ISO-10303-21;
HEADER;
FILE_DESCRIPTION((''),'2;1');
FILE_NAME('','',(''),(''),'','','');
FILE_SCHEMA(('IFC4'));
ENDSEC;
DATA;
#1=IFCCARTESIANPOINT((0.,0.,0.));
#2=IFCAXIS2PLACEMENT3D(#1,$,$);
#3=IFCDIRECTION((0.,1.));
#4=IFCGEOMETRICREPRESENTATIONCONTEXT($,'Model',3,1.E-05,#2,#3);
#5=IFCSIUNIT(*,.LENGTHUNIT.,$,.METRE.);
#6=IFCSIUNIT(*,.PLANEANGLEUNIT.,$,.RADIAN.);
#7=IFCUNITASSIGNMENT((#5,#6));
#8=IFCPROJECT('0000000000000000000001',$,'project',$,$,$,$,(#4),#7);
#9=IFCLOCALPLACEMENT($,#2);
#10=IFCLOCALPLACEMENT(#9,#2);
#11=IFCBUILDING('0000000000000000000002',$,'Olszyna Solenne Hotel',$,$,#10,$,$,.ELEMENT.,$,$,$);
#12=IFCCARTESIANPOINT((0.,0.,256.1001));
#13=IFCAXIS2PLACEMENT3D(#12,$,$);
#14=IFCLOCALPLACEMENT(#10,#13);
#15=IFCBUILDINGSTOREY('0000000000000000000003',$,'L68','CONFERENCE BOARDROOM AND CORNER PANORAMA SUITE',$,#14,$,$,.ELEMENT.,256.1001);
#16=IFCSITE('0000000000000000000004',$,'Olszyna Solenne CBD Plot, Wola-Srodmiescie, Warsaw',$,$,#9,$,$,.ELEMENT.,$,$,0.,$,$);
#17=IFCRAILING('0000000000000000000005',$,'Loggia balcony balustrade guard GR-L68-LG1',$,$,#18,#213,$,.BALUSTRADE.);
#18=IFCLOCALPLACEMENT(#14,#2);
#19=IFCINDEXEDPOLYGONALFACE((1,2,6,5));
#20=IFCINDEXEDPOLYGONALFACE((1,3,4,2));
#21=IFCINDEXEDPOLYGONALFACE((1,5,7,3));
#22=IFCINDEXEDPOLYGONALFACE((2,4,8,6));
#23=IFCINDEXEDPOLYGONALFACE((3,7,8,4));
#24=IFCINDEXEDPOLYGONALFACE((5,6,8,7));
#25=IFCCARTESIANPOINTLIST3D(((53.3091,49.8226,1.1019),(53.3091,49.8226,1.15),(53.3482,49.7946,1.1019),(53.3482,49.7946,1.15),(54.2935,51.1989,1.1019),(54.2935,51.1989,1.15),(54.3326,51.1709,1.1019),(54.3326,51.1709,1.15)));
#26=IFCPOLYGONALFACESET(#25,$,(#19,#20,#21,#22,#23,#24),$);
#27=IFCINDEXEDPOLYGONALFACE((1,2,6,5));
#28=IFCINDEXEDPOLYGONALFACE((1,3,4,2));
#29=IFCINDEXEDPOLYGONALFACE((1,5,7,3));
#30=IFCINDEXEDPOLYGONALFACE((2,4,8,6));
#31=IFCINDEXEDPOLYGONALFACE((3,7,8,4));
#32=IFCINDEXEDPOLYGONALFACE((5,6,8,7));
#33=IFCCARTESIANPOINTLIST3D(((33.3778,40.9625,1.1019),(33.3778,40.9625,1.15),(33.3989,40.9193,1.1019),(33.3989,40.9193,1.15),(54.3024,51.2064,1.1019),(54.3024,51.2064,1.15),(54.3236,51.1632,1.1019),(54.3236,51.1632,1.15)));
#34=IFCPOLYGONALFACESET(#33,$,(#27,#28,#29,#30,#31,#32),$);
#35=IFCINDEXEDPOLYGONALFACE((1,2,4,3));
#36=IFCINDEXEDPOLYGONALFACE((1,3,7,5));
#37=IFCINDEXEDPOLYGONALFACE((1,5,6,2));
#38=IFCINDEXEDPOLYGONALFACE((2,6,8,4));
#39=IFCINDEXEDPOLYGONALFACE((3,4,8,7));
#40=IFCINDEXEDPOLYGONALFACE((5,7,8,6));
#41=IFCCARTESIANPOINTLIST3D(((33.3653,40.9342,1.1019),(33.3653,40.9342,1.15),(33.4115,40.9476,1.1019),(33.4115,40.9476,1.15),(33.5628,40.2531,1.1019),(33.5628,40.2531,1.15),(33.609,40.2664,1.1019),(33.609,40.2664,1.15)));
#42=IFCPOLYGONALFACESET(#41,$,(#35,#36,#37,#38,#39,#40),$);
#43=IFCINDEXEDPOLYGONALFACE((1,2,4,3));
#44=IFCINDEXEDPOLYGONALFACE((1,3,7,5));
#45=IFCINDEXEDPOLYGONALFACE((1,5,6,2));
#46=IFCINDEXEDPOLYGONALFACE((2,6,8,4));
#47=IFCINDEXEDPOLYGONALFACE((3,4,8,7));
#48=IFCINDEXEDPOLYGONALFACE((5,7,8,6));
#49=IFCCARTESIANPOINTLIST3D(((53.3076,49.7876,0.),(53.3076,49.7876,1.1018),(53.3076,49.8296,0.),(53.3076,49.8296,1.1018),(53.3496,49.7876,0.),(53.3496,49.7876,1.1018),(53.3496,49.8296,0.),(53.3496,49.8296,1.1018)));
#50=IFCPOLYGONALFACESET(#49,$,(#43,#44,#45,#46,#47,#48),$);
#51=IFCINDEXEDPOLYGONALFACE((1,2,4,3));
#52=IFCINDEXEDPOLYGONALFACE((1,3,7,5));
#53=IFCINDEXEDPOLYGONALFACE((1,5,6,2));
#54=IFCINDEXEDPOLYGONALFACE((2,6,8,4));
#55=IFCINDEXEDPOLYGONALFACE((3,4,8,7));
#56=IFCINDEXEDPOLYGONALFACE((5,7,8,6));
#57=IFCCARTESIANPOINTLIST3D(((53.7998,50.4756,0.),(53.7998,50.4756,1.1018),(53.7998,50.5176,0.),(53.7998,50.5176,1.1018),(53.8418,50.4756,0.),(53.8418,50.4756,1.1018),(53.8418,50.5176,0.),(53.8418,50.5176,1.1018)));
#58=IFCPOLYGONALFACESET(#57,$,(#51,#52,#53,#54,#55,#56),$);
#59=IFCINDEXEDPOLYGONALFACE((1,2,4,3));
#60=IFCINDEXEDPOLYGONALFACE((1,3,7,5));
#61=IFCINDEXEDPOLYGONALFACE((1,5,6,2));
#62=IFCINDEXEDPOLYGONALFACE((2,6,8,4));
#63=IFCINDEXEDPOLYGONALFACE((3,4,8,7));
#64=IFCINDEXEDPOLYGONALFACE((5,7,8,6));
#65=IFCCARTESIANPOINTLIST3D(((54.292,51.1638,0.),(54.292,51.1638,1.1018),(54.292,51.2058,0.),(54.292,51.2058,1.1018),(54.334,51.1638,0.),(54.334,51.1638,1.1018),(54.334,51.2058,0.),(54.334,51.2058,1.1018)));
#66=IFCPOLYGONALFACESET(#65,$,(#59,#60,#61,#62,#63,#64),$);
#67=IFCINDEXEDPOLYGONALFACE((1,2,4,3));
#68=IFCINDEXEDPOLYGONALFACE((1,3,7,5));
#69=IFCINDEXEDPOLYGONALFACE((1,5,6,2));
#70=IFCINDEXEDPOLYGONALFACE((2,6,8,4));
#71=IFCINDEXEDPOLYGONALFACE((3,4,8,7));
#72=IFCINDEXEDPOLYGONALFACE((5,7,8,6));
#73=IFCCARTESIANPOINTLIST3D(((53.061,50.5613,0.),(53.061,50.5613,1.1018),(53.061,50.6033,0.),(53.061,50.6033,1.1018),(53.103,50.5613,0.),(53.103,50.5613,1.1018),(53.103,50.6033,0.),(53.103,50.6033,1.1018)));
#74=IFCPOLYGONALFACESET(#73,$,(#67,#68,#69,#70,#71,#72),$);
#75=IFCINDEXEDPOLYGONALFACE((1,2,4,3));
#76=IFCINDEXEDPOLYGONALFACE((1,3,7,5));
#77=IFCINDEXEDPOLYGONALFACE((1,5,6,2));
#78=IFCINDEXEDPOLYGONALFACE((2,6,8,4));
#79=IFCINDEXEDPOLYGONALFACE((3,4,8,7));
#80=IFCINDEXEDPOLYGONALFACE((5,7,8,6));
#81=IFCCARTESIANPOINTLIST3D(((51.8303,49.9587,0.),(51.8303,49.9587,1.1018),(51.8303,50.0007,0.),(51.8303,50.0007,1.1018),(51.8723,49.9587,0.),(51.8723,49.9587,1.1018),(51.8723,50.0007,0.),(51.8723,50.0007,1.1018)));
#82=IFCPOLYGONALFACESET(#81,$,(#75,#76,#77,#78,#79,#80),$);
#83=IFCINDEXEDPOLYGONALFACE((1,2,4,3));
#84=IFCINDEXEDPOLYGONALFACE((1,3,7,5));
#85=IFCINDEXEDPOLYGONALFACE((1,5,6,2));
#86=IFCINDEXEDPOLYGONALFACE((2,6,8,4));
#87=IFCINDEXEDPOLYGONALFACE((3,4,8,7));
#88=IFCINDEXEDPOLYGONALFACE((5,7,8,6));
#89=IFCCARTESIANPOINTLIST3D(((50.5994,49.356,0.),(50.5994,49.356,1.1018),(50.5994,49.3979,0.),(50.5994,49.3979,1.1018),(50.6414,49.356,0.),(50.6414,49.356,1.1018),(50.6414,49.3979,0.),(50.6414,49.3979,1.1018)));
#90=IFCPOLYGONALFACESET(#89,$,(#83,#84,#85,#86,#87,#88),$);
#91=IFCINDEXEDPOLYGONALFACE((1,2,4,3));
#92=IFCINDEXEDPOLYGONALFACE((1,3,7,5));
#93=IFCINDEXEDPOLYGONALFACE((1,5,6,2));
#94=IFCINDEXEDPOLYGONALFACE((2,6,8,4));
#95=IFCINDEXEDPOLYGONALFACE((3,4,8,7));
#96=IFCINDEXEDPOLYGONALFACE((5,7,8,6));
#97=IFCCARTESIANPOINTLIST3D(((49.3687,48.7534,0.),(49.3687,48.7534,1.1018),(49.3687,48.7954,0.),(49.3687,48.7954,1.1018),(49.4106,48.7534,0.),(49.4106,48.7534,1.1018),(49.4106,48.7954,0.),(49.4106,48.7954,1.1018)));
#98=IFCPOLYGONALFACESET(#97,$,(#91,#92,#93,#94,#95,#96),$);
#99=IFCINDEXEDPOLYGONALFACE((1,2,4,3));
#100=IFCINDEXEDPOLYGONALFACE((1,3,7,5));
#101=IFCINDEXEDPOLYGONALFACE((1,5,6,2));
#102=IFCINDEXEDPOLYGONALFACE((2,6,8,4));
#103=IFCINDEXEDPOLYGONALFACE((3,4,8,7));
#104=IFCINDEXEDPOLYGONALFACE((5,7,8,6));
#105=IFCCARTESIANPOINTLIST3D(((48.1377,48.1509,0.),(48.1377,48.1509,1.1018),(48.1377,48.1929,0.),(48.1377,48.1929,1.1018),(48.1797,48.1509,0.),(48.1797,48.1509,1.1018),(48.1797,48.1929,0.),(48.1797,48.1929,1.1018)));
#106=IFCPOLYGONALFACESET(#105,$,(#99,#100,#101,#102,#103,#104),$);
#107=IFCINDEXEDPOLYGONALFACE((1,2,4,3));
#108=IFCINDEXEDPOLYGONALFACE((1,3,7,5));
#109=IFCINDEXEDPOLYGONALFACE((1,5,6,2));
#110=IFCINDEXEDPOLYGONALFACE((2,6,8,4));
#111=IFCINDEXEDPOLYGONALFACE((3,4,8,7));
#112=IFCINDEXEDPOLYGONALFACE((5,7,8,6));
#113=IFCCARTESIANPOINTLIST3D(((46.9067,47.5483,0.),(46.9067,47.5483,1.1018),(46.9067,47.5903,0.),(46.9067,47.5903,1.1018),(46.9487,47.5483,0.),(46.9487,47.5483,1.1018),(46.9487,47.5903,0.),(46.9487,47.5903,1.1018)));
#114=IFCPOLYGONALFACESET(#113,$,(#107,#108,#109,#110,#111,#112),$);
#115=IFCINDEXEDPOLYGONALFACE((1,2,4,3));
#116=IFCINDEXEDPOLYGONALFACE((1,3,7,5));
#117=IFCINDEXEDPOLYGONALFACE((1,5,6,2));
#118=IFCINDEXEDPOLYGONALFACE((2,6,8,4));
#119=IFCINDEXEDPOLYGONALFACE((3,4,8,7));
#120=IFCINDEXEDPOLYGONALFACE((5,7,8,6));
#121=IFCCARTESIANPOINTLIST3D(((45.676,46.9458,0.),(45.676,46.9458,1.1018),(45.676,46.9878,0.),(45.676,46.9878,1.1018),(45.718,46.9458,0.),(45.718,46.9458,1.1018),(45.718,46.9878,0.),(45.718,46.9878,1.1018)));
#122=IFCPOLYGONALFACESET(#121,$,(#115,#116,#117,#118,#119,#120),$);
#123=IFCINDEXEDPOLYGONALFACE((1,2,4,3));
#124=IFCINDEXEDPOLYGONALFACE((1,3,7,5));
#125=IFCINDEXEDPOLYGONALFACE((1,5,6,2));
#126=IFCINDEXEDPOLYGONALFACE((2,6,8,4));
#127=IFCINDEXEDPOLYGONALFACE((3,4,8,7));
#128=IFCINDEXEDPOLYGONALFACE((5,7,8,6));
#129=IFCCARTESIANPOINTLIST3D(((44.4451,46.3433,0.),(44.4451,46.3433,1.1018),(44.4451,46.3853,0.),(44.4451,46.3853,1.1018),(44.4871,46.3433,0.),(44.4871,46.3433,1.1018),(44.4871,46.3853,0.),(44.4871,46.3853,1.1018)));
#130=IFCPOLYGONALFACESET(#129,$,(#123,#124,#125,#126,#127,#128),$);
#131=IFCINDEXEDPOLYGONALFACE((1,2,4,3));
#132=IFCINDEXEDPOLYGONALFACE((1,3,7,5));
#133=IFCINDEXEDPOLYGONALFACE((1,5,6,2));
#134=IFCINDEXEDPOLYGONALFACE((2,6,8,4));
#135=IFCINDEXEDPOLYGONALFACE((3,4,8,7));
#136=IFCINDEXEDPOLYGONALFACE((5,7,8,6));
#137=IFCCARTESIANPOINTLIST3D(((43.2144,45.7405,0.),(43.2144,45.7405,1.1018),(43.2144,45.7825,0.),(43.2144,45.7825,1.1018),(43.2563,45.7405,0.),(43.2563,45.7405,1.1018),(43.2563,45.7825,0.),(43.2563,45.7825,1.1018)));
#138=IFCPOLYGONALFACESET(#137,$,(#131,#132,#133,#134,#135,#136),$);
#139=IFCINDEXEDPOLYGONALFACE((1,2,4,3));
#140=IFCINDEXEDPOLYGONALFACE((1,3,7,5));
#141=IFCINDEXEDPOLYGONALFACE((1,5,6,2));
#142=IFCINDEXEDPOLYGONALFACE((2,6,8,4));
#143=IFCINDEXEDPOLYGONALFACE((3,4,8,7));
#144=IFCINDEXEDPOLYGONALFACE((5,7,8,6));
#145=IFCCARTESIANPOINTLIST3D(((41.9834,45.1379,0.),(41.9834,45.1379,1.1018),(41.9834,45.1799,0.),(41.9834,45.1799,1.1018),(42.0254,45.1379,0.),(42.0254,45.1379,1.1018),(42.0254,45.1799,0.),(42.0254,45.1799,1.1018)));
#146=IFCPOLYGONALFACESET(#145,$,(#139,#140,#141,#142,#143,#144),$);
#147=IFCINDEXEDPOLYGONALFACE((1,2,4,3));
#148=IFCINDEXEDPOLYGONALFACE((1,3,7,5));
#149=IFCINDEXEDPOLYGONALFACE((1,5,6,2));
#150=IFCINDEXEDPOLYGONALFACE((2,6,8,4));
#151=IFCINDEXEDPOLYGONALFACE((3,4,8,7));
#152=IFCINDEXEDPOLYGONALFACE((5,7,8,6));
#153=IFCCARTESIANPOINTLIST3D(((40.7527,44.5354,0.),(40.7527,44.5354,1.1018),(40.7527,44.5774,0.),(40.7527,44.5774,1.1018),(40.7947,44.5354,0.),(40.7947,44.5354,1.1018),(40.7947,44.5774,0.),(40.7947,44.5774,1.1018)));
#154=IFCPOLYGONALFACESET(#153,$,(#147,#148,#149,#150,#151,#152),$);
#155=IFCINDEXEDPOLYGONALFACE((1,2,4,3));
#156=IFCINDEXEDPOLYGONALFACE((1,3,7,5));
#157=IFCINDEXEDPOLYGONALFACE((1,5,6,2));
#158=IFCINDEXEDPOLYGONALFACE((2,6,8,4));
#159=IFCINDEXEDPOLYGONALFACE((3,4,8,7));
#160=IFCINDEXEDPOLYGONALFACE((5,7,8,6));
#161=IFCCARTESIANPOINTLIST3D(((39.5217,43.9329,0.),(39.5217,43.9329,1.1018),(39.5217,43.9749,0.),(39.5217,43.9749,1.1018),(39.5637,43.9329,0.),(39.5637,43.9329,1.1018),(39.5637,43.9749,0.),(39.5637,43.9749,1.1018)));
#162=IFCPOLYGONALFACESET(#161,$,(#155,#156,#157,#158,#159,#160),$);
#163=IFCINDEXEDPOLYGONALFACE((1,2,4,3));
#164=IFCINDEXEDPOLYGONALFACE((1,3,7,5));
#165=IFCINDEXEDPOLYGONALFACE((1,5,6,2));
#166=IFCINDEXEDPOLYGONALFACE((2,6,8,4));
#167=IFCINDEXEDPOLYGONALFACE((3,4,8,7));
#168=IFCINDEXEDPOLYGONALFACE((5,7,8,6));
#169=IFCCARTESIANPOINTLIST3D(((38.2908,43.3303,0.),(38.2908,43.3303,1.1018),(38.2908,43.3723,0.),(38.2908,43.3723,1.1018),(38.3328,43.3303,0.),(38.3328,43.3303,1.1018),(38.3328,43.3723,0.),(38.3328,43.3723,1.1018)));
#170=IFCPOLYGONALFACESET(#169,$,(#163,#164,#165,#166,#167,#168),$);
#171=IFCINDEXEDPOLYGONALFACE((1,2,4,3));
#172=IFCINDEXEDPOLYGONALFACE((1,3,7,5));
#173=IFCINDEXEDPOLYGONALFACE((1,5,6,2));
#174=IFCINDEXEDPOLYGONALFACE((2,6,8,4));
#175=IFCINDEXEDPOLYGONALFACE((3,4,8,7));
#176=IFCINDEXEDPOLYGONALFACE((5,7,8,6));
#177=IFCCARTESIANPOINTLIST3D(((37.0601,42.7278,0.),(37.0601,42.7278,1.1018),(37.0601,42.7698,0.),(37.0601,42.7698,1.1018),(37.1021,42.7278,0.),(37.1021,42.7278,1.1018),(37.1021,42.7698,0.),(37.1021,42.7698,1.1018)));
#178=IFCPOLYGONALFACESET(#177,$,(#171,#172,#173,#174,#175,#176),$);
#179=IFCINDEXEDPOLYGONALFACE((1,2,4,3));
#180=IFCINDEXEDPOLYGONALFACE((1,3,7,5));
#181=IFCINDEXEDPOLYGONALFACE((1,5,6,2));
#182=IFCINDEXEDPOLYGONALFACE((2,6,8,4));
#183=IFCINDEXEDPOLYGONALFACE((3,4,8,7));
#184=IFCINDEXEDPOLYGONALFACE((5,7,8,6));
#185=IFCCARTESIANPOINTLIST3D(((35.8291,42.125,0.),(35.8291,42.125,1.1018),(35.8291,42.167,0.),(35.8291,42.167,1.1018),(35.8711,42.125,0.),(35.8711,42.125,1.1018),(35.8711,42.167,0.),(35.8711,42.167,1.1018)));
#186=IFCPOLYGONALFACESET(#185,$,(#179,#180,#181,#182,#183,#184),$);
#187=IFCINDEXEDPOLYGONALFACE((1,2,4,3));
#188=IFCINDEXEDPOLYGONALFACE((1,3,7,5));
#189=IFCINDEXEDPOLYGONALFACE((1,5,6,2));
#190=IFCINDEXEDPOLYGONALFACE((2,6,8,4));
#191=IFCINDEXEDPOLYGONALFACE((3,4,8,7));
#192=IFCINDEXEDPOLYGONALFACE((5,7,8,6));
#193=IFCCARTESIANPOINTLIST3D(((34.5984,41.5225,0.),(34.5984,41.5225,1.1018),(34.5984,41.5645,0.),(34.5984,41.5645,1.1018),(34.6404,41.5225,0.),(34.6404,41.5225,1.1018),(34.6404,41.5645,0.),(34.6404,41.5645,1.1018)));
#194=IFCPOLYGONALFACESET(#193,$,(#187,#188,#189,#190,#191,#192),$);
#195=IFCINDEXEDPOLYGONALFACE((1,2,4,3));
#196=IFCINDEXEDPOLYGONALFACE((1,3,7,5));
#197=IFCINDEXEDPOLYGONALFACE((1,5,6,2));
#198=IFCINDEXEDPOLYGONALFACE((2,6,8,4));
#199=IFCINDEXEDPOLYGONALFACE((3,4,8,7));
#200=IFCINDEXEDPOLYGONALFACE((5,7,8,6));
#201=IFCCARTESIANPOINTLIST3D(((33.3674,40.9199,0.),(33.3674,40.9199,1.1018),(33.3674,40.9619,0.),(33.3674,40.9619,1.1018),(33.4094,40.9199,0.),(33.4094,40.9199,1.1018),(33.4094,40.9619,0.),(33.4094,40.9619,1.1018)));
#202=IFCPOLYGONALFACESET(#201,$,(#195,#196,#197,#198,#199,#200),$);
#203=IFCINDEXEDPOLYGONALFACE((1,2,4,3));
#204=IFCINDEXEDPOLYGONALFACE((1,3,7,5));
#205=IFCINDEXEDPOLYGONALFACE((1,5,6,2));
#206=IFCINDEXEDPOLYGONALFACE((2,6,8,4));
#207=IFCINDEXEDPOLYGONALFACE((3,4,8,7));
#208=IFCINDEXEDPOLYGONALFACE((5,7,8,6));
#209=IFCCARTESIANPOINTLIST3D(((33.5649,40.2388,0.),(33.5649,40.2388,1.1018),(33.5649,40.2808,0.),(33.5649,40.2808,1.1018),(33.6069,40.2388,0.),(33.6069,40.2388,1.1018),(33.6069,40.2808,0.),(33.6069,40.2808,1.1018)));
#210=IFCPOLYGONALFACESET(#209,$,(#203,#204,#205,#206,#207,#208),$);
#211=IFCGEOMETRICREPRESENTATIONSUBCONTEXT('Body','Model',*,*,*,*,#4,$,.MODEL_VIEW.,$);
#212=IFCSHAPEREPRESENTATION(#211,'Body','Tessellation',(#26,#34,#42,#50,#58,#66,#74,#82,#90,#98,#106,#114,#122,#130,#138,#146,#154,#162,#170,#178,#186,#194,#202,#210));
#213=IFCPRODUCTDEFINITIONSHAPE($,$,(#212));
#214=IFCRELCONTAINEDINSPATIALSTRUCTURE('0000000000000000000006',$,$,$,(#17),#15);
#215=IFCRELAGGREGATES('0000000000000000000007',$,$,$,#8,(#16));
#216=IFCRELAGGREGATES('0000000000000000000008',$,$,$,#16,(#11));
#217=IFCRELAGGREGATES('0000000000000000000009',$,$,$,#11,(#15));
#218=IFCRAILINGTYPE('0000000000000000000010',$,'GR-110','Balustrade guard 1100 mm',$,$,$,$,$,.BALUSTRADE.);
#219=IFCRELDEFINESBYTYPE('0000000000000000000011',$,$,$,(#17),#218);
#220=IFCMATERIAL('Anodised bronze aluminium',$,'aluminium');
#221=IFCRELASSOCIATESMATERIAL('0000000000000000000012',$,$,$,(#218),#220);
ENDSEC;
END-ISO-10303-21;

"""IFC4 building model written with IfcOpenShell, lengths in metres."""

from ifc_helpers import new_model, si_unit, direction, frame, origin, origin_2d, place, context, subcontext, project, spatial, rectangle, extrude, material, type_object, element, save


model = new_model("IFC4")

# Units and contexts
model_context = context("Model", 3, precision=1e-05, world=origin(), true_north=direction((0.0, 1.0)))
body_context = subcontext(model_context, "Body", "Model", "MODEL_VIEW")
ifc_project = project(units=[si_unit("LENGTHUNIT", "METRE"), si_unit("PLANEANGLEUNIT", "RADIAN")], contexts=[model_context])

# Site, building, storey
site_placement = place(None, origin())
site = spatial("IfcSite", under=ifc_project, at=site_placement, Name="Olszyna Solenne CBD Plot, Wola-Srodmiescie, Warsaw", CompositionType="ELEMENT", RefElevation=0.0)
building_placement = place(site_placement, origin())
building = spatial("IfcBuilding", under=site, at=building_placement, Name="Olszyna Solenne Hotel", CompositionType="ELEMENT")
storey_placement = place(building_placement, frame((0.0, 0.0, 256.1001)))
storey = spatial("IfcBuildingStorey", under=building, at=storey_placement, Name="L68", Description="CONFERENCE BOARDROOM AND CORNER PANORAMA SUITE", CompositionType="ELEMENT", Elevation=256.1001)

# Railing
ifc_material_1 = material(Name="Anodised bronze aluminium", Category="aluminium")
railing_type = type_object("IfcRailingType", Name="GR-110", Description="Balustrade guard 1100 mm", PredefinedType="BALUSTRADE", material=ifc_material_1)
railing_placement = place(storey_placement, frame((53.3286, 49.8086, 0.0)))
element("IfcRailing", 1, at=railing_placement, inside=storey, type_object=railing_type, Name="Loggia balcony balustrade guard GR-L68-LG1", PredefinedType="BALUSTRADE", context=body_context, shape_type="SweptSolid", body=[
    extrude(rectangle(XDim=0.0481, YDim=0.0481, at=origin_2d()), frame((0.0, 0.0, 1.126), z_axis=(0.58177, 0.813353, 0.0), x_axis=(-0.813353, 0.58177, 0.0)), (0.0, 0.0, 1.0), 1.6921),
    extrude(rectangle(XDim=0.0481, YDim=0.0481, at=origin_2d()), frame((0.9844, 1.3762, 1.126), z_axis=(-0.898145, -0.439699, 0.0), x_axis=(0.439699, -0.898145, 0.0)), (0.0, 0.0, 1.0), 23.2976),
    extrude(rectangle(XDim=0.0481, YDim=0.0481, at=origin_2d()), frame((-19.9402, -8.8677, 1.126), z_axis=(0.278493, -0.960438, 0.0), x_axis=(0.960438, 0.278493, 0.0)), (0.0, 0.0, 1.0), 0.7092),
    extrude(rectangle(XDim=0.042, YDim=0.042, at=origin_2d()), origin(), (0.0, 0.0, 1.0), 1.1018),
    extrude(rectangle(XDim=0.042, YDim=0.042, at=origin_2d()), frame((0.4922, 0.688, 0.0)), (0.0, 0.0, 1.0), 1.1018),
    extrude(rectangle(XDim=0.042, YDim=0.042, at=origin_2d()), frame((0.9844, 1.3762, 0.0)), (0.0, 0.0, 1.0), 1.1018),
    extrude(rectangle(XDim=0.042, YDim=0.042, at=origin_2d()), frame((-0.2466, 0.7737, 0.0)), (0.0, 0.0, 1.0), 1.1018),
    extrude(rectangle(XDim=0.042, YDim=0.042, at=origin_2d()), frame((-1.4773, 0.1711, 0.0)), (0.0, 0.0, 1.0), 1.1018),
    extrude(rectangle(XDim=0.042, YDim=0.042, at=origin_2d()), frame((-2.7083, -0.4316, 0.0)), (0.0, 0.0, 1.0), 1.1018),
    extrude(rectangle(XDim=0.042, YDim=0.042, at=origin_2d()), frame((-3.939, -1.0342, 0.0)), (0.0, 0.0, 1.0), 1.1018),
    extrude(rectangle(XDim=0.042, YDim=0.042, at=origin_2d()), frame((-5.1699, -1.6367, 0.0)), (0.0, 0.0, 1.0), 1.1018),
    extrude(rectangle(XDim=0.042, YDim=0.042, at=origin_2d()), frame((-6.4009, -2.2393, 0.0)), (0.0, 0.0, 1.0), 1.1018),
    extrude(rectangle(XDim=0.042, YDim=0.042, at=origin_2d()), frame((-7.6316, -2.8418, 0.0)), (0.0, 0.0, 1.0), 1.1018),
    extrude(rectangle(XDim=0.042, YDim=0.042, at=origin_2d()), frame((-8.8625, -3.4443, 0.0)), (0.0, 0.0, 1.0), 1.1018),
    extrude(rectangle(XDim=0.042, YDim=0.042, at=origin_2d()), frame((-10.0933, -4.0471, 0.0)), (0.0, 0.0, 1.0), 1.1018),
    extrude(rectangle(XDim=0.042, YDim=0.042, at=origin_2d()), frame((-11.3242, -4.6497, 0.0)), (0.0, 0.0, 1.0), 1.1018),
    extrude(rectangle(XDim=0.042, YDim=0.042, at=origin_2d()), frame((-12.5549, -5.2522, 0.0)), (0.0, 0.0, 1.0), 1.1018),
    extrude(rectangle(XDim=0.042, YDim=0.042, at=origin_2d()), frame((-13.7859, -5.8547, 0.0)), (0.0, 0.0, 1.0), 1.1018),
    extrude(rectangle(XDim=0.042, YDim=0.042, at=origin_2d()), frame((-15.0168, -6.4573, 0.0)), (0.0, 0.0, 1.0), 1.1018),
    extrude(rectangle(XDim=0.042, YDim=0.042, at=origin_2d()), frame((-16.2476, -7.0598, 0.0)), (0.0, 0.0, 1.0), 1.1018),
    extrude(rectangle(XDim=0.042, YDim=0.042, at=origin_2d()), frame((-17.4785, -7.6626, 0.0)), (0.0, 0.0, 1.0), 1.1018),
    extrude(rectangle(XDim=0.042, YDim=0.042, at=origin_2d()), frame((-18.7092, -8.2651, 0.0)), (0.0, 0.0, 1.0), 1.1018),
    extrude(rectangle(XDim=0.042, YDim=0.042, at=origin_2d()), frame((-19.9402, -8.8677, 0.0)), (0.0, 0.0, 1.0), 1.1018),
    extrude(rectangle(XDim=0.042, YDim=0.042, at=origin_2d()), frame((-19.7427, -9.5488, 0.0)), (0.0, 0.0, 1.0), 1.1018),
])

save(model, "model.ifc")
